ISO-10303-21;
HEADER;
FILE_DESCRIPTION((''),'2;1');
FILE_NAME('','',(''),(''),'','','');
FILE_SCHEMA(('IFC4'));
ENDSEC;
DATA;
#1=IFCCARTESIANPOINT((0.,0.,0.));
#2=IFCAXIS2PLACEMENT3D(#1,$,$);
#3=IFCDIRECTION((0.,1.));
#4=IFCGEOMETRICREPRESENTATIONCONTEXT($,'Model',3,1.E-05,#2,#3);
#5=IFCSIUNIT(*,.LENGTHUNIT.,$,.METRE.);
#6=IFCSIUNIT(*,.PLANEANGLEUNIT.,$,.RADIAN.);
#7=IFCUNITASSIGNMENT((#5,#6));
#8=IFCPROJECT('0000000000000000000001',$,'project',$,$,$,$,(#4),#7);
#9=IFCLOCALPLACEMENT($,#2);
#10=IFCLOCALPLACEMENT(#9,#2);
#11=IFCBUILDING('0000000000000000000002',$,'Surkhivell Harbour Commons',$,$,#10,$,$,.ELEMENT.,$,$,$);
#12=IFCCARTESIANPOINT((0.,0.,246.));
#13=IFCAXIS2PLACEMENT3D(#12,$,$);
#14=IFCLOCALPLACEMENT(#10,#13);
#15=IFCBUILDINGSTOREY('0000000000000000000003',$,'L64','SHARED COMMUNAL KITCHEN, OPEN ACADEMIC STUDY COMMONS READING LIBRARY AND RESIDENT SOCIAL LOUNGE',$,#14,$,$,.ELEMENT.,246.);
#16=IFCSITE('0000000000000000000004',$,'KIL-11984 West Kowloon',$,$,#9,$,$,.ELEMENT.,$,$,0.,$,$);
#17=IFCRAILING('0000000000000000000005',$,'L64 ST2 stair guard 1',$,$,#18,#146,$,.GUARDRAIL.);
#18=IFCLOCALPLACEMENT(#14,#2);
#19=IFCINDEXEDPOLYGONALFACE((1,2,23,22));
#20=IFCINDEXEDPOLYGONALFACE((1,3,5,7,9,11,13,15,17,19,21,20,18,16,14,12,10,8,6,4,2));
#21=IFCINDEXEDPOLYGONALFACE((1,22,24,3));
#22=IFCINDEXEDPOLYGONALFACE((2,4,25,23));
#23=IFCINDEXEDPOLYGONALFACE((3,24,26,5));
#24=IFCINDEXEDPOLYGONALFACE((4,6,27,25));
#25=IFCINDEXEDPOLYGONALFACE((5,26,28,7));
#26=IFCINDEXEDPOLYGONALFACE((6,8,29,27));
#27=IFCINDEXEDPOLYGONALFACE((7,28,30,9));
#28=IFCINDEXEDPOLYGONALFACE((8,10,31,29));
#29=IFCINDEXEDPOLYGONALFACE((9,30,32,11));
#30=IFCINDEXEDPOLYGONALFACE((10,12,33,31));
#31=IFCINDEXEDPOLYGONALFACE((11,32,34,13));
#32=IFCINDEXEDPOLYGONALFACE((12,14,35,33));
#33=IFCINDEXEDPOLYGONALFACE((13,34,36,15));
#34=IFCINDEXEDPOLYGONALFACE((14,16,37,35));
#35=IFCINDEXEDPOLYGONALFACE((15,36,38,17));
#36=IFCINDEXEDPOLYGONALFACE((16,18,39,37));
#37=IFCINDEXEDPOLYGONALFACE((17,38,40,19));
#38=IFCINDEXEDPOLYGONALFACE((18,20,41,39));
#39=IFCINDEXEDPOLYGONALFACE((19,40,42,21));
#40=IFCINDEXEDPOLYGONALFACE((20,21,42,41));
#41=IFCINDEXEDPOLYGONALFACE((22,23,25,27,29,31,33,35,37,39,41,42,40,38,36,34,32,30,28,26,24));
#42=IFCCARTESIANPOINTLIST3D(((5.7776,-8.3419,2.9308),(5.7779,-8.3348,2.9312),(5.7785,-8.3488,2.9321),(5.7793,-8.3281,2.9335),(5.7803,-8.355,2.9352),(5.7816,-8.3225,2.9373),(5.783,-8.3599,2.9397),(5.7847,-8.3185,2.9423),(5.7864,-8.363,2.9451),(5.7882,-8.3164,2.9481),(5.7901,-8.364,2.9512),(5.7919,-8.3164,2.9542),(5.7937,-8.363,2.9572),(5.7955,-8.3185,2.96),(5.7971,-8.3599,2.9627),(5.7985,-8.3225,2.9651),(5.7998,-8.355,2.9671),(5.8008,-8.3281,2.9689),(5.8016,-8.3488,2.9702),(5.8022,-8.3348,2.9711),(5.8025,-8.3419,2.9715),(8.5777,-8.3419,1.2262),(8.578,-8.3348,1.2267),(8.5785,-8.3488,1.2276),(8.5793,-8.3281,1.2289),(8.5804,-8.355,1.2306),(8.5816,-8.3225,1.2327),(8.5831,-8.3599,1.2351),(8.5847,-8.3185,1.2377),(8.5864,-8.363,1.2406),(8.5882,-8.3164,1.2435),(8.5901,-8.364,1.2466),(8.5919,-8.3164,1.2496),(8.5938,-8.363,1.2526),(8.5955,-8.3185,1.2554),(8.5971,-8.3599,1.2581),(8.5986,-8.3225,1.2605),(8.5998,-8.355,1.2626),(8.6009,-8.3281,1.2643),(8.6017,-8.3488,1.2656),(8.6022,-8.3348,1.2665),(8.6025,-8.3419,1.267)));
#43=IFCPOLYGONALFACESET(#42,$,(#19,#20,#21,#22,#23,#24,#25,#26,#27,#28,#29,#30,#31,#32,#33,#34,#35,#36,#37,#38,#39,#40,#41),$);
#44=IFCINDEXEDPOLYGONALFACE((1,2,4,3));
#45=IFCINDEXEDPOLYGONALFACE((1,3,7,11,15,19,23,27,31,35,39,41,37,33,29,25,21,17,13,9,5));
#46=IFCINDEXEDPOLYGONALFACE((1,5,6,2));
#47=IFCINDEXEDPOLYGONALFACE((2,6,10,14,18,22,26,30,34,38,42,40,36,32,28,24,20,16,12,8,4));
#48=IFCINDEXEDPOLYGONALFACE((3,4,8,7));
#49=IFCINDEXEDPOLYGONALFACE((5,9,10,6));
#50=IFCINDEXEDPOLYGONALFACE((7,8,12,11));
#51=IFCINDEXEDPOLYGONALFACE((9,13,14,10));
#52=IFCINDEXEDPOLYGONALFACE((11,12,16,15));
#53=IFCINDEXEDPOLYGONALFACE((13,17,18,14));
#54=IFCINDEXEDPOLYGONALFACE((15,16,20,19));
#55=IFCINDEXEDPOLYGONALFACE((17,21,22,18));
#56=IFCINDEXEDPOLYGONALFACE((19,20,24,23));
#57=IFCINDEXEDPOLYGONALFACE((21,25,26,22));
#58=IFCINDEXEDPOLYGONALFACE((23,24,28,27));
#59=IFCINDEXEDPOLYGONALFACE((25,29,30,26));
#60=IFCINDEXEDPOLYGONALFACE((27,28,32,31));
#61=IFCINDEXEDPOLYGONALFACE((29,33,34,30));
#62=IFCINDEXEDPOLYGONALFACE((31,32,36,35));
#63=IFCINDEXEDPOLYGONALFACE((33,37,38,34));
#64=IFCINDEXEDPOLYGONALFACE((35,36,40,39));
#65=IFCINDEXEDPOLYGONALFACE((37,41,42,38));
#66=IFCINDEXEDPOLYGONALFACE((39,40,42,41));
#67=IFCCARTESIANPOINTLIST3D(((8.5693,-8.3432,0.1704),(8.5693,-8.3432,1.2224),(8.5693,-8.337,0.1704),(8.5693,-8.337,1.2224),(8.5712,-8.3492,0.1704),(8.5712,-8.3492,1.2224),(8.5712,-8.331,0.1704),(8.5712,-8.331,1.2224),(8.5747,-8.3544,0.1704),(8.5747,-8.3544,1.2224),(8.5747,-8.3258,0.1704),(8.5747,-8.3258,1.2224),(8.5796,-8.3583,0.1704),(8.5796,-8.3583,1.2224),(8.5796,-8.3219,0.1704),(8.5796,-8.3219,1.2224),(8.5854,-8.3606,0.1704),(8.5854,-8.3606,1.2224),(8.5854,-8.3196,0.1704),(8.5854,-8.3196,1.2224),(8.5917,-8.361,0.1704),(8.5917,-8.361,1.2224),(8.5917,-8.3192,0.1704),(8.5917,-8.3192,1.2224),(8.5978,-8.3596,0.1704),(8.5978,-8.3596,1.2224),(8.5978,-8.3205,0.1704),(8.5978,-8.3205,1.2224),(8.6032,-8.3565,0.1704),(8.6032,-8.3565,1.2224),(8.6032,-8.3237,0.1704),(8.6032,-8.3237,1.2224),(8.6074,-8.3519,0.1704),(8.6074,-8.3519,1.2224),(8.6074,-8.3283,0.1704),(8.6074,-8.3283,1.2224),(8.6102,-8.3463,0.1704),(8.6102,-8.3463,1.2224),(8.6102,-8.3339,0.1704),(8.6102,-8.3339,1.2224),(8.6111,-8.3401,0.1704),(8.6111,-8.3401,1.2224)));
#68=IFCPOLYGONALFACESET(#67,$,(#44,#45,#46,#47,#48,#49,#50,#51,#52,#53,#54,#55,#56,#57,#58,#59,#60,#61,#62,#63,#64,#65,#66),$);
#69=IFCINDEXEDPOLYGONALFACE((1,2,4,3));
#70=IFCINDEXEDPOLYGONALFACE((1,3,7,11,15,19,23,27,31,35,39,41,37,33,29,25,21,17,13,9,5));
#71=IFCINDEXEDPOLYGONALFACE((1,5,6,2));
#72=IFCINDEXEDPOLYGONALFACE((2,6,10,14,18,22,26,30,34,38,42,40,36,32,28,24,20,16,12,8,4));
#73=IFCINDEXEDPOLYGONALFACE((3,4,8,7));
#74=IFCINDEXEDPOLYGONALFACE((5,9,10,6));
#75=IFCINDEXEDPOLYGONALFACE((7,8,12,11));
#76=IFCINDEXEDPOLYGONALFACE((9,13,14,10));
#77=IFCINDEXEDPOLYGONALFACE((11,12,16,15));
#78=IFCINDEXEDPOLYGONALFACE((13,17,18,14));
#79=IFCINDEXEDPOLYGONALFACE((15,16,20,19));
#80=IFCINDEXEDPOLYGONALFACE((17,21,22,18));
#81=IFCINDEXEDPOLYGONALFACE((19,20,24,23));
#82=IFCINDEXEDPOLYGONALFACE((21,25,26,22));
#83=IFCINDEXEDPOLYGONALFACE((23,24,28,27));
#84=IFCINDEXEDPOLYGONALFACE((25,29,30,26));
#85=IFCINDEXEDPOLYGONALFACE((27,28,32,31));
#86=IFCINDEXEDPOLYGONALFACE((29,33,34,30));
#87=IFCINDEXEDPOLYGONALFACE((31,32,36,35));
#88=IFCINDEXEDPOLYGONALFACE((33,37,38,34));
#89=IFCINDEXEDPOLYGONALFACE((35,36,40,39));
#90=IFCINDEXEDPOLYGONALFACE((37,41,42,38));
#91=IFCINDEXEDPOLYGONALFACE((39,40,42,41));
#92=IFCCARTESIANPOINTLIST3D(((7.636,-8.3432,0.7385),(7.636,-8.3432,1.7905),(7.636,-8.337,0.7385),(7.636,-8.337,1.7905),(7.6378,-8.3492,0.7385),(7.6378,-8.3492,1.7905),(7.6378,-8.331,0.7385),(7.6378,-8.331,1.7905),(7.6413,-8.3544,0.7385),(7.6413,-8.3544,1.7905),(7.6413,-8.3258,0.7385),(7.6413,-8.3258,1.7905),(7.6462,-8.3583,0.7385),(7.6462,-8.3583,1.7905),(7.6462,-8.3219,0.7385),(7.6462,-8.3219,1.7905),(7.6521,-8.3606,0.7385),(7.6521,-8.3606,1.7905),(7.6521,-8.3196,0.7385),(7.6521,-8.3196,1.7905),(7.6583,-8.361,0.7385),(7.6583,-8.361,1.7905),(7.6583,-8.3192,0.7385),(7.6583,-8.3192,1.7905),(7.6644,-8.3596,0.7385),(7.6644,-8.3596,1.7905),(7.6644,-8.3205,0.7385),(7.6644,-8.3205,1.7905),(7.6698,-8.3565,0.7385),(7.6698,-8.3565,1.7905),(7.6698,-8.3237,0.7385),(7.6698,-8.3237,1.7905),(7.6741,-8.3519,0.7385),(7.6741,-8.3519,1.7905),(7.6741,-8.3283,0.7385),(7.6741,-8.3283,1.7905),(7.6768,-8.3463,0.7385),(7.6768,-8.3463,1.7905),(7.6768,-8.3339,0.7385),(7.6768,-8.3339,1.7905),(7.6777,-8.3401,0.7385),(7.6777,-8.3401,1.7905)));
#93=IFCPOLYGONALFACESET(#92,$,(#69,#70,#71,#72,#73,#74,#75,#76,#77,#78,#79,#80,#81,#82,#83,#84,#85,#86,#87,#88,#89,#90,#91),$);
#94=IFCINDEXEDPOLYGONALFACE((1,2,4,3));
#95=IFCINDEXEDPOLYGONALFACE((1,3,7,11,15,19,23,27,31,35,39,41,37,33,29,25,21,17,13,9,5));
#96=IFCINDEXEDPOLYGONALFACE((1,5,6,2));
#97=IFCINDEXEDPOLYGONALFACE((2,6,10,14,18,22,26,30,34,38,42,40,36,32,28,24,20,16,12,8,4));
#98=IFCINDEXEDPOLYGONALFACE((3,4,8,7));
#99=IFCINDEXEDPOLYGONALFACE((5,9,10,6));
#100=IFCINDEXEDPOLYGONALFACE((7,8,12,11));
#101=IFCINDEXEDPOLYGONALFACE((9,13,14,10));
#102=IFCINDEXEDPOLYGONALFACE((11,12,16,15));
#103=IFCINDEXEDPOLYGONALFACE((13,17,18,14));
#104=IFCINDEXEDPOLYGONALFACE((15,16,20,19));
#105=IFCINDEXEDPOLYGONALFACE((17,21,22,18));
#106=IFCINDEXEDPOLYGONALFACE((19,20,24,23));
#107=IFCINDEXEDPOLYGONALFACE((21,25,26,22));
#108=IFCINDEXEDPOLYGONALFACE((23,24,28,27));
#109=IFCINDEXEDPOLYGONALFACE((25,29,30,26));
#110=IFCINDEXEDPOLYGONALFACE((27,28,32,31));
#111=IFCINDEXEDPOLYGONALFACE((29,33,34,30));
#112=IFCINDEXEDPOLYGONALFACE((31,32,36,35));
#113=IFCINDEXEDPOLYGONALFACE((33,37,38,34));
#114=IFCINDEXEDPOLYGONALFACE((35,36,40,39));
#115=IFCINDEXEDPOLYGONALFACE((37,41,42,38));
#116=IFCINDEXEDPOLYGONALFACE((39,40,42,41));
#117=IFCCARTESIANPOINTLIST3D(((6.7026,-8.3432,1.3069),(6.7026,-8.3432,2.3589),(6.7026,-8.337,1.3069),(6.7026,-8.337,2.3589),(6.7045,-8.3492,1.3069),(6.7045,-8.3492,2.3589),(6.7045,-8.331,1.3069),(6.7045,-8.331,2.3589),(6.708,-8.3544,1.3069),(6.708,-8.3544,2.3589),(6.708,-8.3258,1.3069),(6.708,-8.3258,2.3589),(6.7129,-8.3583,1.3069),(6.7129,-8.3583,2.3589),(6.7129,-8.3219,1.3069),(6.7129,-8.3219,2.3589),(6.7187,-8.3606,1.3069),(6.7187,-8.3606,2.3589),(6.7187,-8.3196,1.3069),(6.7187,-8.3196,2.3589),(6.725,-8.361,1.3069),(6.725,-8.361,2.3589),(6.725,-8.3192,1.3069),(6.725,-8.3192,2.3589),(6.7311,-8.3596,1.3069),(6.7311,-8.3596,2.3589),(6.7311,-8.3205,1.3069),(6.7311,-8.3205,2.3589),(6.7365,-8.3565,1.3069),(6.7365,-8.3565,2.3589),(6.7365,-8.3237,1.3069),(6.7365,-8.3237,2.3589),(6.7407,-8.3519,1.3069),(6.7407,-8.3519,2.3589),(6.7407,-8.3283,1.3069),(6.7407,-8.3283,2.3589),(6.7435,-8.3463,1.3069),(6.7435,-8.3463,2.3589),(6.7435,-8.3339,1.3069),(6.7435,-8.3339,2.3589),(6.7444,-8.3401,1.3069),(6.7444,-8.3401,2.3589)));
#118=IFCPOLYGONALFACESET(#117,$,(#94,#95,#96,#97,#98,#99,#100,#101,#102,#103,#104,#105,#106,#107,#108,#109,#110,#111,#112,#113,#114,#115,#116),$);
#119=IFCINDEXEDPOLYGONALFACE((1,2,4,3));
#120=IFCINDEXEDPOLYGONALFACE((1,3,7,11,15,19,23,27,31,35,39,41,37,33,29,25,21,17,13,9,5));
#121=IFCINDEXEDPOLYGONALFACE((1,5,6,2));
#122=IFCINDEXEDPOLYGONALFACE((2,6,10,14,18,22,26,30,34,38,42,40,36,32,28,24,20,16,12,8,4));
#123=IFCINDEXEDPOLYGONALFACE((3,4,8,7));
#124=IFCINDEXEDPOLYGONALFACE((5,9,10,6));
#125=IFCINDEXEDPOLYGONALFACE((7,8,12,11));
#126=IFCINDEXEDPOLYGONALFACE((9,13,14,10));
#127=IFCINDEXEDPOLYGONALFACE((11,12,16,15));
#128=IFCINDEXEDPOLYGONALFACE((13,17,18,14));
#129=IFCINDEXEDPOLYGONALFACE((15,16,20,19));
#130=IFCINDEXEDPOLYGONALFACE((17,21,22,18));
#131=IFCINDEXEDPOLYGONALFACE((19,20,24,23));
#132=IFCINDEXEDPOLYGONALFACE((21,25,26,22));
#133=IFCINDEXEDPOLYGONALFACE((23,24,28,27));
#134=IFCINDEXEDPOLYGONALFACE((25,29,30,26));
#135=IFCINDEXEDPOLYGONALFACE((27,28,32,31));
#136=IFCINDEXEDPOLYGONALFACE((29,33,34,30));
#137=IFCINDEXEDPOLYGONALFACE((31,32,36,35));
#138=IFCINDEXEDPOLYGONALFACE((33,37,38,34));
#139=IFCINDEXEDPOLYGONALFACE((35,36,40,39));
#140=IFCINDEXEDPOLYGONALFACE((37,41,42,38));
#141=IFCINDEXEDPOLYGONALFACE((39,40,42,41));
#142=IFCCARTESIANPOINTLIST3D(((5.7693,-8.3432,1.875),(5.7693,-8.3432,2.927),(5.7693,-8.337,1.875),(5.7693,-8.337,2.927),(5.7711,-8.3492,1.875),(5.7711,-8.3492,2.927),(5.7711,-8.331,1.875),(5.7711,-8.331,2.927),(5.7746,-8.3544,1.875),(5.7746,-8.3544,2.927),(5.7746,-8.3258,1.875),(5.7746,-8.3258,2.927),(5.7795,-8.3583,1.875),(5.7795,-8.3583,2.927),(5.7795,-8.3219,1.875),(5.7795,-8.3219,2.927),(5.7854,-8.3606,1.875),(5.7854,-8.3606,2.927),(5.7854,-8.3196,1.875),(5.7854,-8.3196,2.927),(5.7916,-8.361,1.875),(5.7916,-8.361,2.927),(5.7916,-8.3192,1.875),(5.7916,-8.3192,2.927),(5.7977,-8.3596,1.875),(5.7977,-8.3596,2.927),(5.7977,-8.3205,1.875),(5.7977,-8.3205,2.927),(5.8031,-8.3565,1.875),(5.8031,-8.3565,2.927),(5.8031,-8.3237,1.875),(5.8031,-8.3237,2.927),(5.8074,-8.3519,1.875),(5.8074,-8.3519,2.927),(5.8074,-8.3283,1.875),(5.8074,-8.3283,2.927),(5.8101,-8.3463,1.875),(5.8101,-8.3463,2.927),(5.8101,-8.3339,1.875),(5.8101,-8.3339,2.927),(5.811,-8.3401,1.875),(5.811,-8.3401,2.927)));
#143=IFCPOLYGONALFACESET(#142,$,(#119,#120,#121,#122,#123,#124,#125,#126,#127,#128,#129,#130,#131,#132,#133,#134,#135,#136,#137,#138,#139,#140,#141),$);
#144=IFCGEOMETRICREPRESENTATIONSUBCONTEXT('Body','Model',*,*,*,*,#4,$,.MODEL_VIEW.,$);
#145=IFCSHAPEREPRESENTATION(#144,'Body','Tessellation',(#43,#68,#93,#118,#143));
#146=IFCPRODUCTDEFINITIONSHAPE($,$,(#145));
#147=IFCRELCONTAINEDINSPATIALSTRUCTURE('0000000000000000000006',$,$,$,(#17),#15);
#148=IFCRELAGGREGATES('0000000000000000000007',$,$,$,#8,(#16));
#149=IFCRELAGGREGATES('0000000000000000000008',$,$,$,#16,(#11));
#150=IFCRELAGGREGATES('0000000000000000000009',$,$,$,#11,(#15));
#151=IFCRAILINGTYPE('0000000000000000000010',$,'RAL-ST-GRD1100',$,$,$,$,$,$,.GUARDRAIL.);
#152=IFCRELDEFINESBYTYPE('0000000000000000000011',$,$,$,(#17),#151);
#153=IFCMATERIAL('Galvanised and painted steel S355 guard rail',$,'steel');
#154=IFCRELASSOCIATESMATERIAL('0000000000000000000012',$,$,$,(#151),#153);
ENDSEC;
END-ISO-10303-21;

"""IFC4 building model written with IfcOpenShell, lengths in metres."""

from ifc_helpers import new_model, si_unit, direction, frame, origin, origin_2d, place, context, subcontext, project, spatial, circle, extrude, material, type_object, element, save


model = new_model("IFC4")

# Units and contexts
model_context = context("Model", 3, precision=1e-05, world=origin(), true_north=direction((0.0, 1.0)))
body_context = subcontext(model_context, "Body", "Model", "MODEL_VIEW")
ifc_project = project(units=[si_unit("LENGTHUNIT", "METRE"), si_unit("PLANEANGLEUNIT", "RADIAN")], contexts=[model_context])

# Site, building, storey
site_placement = place(None, origin())
site = spatial("IfcSite", under=ifc_project, at=site_placement, Name="KIL-11984 West Kowloon", CompositionType="ELEMENT", RefElevation=0.0)
building_placement = place(site_placement, origin())
building = spatial("IfcBuilding", under=site, at=building_placement, Name="Surkhivell Harbour Commons", CompositionType="ELEMENT")
storey_placement = place(building_placement, frame((0.0, 0.0, 246.0)))
storey = spatial("IfcBuildingStorey", under=building, at=storey_placement, Name="L64", Description="SHARED COMMUNAL KITCHEN, OPEN ACADEMIC STUDY COMMONS READING LIBRARY AND RESIDENT SOCIAL LOUNGE", CompositionType="ELEMENT", Elevation=246.0)

# Railing
ifc_material_1 = material(Name="Galvanised and painted steel S355 guard rail", Category="steel")
railing_type = type_object("IfcRailingType", Name="RAL-ST-GRD1100", PredefinedType="GUARDRAIL", material=ifc_material_1)
railing_1_placement = place(storey_placement, frame((8.5901, -8.3401, 0.1704)))
element("IfcRailing", 1, at=railing_1_placement, inside=storey, type_object=railing_type, Name="L64 ST2 stair guard 1", PredefinedType="GUARDRAIL", context=body_context, shape_type="SweptSolid", body=[
    extrude(circle(Radius=0.0239, at=origin_2d()), frame((0.0, 0.0, 1.0762), z_axis=(-0.85417, 0.0, 0.519994), x_axis=(0.0, -1.0, 0.0)), (0.0, 0.0, 1.0), 3.2781),
    extrude(circle(Radius=0.021, at=origin_2d()), origin(), (0.0, 0.0, 1.0), 1.052),
    extrude(circle(Radius=0.021, at=origin_2d()), frame((-0.9333, 0.0, 0.5681)), (0.0, 0.0, 1.0), 1.052),
    extrude(circle(Radius=0.021, at=origin_2d()), frame((-1.8667, 0.0, 1.1365)), (0.0, 0.0, 1.0), 1.052),
    extrude(circle(Radius=0.021, at=origin_2d()), frame((-2.8, 0.0, 1.7046)), (0.0, 0.0, 1.0), 1.052),
])

save(model, "model.ifc")
